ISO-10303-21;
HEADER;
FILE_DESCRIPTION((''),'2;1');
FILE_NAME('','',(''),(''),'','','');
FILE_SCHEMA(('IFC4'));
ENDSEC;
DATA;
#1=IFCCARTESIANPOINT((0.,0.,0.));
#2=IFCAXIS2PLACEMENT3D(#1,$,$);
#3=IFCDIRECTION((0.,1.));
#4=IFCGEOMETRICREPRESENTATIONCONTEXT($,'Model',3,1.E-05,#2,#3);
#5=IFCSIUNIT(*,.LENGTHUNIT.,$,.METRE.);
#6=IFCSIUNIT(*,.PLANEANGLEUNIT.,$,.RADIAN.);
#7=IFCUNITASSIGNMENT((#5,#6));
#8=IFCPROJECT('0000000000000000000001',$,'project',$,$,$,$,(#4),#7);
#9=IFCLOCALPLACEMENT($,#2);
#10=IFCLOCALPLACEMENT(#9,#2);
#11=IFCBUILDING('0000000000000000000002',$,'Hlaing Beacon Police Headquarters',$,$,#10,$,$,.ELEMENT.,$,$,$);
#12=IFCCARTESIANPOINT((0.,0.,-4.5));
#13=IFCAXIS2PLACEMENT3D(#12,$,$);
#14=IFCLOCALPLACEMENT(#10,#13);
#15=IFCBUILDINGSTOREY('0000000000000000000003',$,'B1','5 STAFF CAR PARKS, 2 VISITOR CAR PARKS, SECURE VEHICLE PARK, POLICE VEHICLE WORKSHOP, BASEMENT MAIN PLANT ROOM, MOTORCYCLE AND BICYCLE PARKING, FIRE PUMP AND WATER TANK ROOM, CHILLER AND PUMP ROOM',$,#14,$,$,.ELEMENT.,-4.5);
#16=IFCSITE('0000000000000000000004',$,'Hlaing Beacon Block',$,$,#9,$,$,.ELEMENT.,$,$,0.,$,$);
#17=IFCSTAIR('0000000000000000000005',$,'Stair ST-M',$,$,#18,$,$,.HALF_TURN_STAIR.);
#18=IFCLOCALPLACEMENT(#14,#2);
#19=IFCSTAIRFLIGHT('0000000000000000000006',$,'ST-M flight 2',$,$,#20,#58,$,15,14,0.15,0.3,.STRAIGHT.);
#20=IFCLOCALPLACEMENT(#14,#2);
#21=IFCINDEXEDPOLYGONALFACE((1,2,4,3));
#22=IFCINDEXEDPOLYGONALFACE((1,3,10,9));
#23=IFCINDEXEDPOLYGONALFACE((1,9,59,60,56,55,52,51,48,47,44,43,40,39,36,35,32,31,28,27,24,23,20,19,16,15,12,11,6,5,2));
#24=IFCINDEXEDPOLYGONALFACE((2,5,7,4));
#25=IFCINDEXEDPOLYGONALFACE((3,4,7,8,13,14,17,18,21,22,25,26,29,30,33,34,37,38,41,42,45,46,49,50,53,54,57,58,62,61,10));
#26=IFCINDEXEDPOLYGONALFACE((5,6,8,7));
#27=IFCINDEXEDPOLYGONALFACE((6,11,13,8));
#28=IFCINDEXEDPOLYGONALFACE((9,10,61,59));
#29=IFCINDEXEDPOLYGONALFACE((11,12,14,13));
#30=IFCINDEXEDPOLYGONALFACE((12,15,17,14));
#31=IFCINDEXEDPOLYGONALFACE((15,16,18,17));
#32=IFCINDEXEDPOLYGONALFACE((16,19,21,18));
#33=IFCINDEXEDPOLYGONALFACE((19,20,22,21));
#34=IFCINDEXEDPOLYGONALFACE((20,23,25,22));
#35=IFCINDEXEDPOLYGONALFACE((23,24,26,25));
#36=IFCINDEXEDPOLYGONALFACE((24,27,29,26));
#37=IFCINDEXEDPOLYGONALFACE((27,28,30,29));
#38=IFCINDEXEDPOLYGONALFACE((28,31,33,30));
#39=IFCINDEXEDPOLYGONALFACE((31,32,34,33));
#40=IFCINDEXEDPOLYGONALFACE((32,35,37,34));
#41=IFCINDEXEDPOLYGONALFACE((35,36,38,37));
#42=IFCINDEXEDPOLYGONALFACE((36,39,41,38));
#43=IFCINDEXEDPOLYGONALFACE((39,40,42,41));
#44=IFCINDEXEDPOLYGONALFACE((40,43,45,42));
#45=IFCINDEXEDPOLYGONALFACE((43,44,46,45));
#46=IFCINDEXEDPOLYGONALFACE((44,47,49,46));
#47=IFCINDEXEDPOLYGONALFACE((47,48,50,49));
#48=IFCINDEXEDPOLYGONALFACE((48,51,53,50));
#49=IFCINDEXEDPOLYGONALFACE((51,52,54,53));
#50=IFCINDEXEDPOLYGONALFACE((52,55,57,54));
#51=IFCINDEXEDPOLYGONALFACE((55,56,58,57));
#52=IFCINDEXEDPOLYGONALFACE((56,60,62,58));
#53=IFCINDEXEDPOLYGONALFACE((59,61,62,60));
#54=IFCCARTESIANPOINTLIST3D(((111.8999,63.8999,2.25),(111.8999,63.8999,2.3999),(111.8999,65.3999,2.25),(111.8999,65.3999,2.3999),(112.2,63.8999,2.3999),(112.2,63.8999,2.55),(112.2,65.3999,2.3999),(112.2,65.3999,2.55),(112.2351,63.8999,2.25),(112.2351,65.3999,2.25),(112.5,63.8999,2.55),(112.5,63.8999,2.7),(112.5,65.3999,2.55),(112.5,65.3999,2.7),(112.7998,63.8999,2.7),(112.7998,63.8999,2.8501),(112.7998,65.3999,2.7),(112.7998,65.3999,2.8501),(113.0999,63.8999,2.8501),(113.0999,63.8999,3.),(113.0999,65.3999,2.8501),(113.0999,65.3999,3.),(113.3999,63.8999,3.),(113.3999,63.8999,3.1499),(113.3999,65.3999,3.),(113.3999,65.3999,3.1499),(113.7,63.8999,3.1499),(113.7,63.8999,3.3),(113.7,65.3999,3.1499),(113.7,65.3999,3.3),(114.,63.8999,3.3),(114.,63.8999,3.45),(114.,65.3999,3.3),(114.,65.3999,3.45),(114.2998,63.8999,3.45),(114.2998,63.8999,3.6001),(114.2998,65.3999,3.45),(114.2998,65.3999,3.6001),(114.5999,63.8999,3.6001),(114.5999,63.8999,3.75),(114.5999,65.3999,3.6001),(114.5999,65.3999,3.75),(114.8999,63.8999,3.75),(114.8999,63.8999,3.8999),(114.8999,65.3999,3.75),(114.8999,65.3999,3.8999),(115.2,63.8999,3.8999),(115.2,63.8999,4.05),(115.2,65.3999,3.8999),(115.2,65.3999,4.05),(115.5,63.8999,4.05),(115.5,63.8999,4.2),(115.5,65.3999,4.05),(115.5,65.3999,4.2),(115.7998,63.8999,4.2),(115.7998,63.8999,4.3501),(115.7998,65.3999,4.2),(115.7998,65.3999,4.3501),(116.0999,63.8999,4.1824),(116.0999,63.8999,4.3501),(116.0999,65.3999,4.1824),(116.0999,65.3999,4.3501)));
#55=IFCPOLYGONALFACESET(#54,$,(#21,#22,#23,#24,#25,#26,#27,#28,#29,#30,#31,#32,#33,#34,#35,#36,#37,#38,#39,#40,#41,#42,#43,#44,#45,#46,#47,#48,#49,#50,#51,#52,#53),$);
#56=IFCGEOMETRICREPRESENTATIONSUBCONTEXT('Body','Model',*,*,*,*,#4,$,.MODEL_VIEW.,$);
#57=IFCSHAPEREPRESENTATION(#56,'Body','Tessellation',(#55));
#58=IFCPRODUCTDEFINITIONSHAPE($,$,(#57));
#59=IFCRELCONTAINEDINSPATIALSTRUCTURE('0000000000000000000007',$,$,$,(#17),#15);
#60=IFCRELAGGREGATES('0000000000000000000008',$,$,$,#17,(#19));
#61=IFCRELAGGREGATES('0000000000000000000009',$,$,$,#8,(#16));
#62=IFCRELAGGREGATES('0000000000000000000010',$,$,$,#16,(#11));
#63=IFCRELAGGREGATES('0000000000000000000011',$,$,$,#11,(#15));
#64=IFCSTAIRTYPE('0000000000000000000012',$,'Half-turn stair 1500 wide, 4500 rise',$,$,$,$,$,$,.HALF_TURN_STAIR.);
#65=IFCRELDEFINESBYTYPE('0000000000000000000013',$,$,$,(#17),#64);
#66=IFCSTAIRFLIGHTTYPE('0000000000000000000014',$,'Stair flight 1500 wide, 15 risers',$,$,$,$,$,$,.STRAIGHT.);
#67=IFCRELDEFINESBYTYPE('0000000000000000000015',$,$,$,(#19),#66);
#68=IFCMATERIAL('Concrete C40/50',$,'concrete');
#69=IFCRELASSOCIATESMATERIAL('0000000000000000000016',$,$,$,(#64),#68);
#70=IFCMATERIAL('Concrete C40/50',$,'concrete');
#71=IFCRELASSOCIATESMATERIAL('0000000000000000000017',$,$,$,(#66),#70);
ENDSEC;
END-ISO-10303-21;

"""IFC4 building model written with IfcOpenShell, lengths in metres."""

from ifc_helpers import new_model, si_unit, direction, frame, origin, place, context, subcontext, project, spatial, polyline, outline, extrude, material, type_object, element, aggregate, save


model = new_model("IFC4")

# Units and contexts
model_context = context("Model", 3, precision=1e-05, world=origin(), true_north=direction((0.0, 1.0)))
body_context = subcontext(model_context, "Body", "Model", "MODEL_VIEW")
ifc_project = project(units=[si_unit("LENGTHUNIT", "METRE"), si_unit("PLANEANGLEUNIT", "RADIAN")], contexts=[model_context])

# Site, building, storey
site_placement = place(None, origin())
site = spatial("IfcSite", under=ifc_project, at=site_placement, Name="Hlaing Beacon Block", CompositionType="ELEMENT", RefElevation=0.0)
building_placement = place(site_placement, origin())
building = spatial("IfcBuilding", under=site, at=building_placement, Name="Hlaing Beacon Police Headquarters", CompositionType="ELEMENT")
storey_placement = place(building_placement, frame((0.0, 0.0, -4.5)))
storey = spatial("IfcBuildingStorey", under=building, at=storey_placement, Name="B1", Description="5 STAFF CAR PARKS, 2 VISITOR CAR PARKS, SECURE VEHICLE PARK, POLICE VEHICLE WORKSHOP, BASEMENT MAIN PLANT ROOM, MOTORCYCLE AND BICYCLE PARKING, FIRE PUMP AND WATER TANK ROOM, CHILLER AND PUMP ROOM", CompositionType="ELEMENT", Elevation=-4.5)

# Stair, stair flight
ifc_material_1 = material(Name="Concrete C40/50", Category="concrete")
stair_type = type_object("IfcStairType", Name="Half-turn stair 1500 wide, 4500 rise", PredefinedType="HALF_TURN_STAIR", material=ifc_material_1)
stair_placement = place(storey_placement, origin())
stair = element("IfcStair", 1, at=stair_placement, inside=storey, type_object=stair_type, Name="Stair ST-M", PredefinedType="HALF_TURN_STAIR")
ifc_material_2 = material(Name="Concrete C40/50", Category="concrete")
stair_flight_type = type_object("IfcStairFlightType", Name="Stair flight 1500 wide, 15 risers", PredefinedType="STRAIGHT", material=ifc_material_2)
stair_flight_1_placement = place(storey_placement, frame((111.8999, 64.6499, 2.25), z_axis=(0.0, 0.0, 1.0), x_axis=(1.0, 0.0, 0.0)))
stair_flight_1 = element("IfcStairFlight", 2, at=stair_flight_1_placement, type_object=stair_flight_type, Name="ST-M flight 2", NumberOfRisers=15, NumberOfTreads=14, PredefinedType="STRAIGHT", RiserHeight=0.15, TreadLength=0.3, context=body_context, shape_type="SweptSolid", body=[
    extrude(outline(polyline([(0.0, 0.0), (0.0, 0.1499), (0.3, 0.1499), (0.3, 0.3), (0.6001, 0.3), (0.6001, 0.45), (0.8999, 0.45), (0.8999, 0.6001), (1.2, 0.6001), (1.2, 0.75), (1.5, 0.75), (1.5, 0.8999), (1.8, 0.8999), (1.8, 1.05), (2.1001, 1.05), (2.1001, 1.2), (2.3999, 1.2), (2.3999, 1.3501), (2.7, 1.3501), (2.7, 1.5), (3.0, 1.5), (3.0, 1.6499), (3.3, 1.6499), (3.3, 1.8), (3.6001, 1.8), (3.6001, 1.95), (3.8999, 1.95), (3.8999, 2.1001), (4.2, 2.1001), (4.2, 2.25), (4.2, 1.9324), (0.3352, 0.0), (0.0, 0.0)])), frame((0.0, 0.75, 0.0), z_axis=(0.0, -1.0, 0.0), x_axis=(1.0, 0.0, 0.0)), (0.0, 0.0, 1.0), 1.5),
])
aggregate(stair, [stair_flight_1])

save(model, "model.ifc")
